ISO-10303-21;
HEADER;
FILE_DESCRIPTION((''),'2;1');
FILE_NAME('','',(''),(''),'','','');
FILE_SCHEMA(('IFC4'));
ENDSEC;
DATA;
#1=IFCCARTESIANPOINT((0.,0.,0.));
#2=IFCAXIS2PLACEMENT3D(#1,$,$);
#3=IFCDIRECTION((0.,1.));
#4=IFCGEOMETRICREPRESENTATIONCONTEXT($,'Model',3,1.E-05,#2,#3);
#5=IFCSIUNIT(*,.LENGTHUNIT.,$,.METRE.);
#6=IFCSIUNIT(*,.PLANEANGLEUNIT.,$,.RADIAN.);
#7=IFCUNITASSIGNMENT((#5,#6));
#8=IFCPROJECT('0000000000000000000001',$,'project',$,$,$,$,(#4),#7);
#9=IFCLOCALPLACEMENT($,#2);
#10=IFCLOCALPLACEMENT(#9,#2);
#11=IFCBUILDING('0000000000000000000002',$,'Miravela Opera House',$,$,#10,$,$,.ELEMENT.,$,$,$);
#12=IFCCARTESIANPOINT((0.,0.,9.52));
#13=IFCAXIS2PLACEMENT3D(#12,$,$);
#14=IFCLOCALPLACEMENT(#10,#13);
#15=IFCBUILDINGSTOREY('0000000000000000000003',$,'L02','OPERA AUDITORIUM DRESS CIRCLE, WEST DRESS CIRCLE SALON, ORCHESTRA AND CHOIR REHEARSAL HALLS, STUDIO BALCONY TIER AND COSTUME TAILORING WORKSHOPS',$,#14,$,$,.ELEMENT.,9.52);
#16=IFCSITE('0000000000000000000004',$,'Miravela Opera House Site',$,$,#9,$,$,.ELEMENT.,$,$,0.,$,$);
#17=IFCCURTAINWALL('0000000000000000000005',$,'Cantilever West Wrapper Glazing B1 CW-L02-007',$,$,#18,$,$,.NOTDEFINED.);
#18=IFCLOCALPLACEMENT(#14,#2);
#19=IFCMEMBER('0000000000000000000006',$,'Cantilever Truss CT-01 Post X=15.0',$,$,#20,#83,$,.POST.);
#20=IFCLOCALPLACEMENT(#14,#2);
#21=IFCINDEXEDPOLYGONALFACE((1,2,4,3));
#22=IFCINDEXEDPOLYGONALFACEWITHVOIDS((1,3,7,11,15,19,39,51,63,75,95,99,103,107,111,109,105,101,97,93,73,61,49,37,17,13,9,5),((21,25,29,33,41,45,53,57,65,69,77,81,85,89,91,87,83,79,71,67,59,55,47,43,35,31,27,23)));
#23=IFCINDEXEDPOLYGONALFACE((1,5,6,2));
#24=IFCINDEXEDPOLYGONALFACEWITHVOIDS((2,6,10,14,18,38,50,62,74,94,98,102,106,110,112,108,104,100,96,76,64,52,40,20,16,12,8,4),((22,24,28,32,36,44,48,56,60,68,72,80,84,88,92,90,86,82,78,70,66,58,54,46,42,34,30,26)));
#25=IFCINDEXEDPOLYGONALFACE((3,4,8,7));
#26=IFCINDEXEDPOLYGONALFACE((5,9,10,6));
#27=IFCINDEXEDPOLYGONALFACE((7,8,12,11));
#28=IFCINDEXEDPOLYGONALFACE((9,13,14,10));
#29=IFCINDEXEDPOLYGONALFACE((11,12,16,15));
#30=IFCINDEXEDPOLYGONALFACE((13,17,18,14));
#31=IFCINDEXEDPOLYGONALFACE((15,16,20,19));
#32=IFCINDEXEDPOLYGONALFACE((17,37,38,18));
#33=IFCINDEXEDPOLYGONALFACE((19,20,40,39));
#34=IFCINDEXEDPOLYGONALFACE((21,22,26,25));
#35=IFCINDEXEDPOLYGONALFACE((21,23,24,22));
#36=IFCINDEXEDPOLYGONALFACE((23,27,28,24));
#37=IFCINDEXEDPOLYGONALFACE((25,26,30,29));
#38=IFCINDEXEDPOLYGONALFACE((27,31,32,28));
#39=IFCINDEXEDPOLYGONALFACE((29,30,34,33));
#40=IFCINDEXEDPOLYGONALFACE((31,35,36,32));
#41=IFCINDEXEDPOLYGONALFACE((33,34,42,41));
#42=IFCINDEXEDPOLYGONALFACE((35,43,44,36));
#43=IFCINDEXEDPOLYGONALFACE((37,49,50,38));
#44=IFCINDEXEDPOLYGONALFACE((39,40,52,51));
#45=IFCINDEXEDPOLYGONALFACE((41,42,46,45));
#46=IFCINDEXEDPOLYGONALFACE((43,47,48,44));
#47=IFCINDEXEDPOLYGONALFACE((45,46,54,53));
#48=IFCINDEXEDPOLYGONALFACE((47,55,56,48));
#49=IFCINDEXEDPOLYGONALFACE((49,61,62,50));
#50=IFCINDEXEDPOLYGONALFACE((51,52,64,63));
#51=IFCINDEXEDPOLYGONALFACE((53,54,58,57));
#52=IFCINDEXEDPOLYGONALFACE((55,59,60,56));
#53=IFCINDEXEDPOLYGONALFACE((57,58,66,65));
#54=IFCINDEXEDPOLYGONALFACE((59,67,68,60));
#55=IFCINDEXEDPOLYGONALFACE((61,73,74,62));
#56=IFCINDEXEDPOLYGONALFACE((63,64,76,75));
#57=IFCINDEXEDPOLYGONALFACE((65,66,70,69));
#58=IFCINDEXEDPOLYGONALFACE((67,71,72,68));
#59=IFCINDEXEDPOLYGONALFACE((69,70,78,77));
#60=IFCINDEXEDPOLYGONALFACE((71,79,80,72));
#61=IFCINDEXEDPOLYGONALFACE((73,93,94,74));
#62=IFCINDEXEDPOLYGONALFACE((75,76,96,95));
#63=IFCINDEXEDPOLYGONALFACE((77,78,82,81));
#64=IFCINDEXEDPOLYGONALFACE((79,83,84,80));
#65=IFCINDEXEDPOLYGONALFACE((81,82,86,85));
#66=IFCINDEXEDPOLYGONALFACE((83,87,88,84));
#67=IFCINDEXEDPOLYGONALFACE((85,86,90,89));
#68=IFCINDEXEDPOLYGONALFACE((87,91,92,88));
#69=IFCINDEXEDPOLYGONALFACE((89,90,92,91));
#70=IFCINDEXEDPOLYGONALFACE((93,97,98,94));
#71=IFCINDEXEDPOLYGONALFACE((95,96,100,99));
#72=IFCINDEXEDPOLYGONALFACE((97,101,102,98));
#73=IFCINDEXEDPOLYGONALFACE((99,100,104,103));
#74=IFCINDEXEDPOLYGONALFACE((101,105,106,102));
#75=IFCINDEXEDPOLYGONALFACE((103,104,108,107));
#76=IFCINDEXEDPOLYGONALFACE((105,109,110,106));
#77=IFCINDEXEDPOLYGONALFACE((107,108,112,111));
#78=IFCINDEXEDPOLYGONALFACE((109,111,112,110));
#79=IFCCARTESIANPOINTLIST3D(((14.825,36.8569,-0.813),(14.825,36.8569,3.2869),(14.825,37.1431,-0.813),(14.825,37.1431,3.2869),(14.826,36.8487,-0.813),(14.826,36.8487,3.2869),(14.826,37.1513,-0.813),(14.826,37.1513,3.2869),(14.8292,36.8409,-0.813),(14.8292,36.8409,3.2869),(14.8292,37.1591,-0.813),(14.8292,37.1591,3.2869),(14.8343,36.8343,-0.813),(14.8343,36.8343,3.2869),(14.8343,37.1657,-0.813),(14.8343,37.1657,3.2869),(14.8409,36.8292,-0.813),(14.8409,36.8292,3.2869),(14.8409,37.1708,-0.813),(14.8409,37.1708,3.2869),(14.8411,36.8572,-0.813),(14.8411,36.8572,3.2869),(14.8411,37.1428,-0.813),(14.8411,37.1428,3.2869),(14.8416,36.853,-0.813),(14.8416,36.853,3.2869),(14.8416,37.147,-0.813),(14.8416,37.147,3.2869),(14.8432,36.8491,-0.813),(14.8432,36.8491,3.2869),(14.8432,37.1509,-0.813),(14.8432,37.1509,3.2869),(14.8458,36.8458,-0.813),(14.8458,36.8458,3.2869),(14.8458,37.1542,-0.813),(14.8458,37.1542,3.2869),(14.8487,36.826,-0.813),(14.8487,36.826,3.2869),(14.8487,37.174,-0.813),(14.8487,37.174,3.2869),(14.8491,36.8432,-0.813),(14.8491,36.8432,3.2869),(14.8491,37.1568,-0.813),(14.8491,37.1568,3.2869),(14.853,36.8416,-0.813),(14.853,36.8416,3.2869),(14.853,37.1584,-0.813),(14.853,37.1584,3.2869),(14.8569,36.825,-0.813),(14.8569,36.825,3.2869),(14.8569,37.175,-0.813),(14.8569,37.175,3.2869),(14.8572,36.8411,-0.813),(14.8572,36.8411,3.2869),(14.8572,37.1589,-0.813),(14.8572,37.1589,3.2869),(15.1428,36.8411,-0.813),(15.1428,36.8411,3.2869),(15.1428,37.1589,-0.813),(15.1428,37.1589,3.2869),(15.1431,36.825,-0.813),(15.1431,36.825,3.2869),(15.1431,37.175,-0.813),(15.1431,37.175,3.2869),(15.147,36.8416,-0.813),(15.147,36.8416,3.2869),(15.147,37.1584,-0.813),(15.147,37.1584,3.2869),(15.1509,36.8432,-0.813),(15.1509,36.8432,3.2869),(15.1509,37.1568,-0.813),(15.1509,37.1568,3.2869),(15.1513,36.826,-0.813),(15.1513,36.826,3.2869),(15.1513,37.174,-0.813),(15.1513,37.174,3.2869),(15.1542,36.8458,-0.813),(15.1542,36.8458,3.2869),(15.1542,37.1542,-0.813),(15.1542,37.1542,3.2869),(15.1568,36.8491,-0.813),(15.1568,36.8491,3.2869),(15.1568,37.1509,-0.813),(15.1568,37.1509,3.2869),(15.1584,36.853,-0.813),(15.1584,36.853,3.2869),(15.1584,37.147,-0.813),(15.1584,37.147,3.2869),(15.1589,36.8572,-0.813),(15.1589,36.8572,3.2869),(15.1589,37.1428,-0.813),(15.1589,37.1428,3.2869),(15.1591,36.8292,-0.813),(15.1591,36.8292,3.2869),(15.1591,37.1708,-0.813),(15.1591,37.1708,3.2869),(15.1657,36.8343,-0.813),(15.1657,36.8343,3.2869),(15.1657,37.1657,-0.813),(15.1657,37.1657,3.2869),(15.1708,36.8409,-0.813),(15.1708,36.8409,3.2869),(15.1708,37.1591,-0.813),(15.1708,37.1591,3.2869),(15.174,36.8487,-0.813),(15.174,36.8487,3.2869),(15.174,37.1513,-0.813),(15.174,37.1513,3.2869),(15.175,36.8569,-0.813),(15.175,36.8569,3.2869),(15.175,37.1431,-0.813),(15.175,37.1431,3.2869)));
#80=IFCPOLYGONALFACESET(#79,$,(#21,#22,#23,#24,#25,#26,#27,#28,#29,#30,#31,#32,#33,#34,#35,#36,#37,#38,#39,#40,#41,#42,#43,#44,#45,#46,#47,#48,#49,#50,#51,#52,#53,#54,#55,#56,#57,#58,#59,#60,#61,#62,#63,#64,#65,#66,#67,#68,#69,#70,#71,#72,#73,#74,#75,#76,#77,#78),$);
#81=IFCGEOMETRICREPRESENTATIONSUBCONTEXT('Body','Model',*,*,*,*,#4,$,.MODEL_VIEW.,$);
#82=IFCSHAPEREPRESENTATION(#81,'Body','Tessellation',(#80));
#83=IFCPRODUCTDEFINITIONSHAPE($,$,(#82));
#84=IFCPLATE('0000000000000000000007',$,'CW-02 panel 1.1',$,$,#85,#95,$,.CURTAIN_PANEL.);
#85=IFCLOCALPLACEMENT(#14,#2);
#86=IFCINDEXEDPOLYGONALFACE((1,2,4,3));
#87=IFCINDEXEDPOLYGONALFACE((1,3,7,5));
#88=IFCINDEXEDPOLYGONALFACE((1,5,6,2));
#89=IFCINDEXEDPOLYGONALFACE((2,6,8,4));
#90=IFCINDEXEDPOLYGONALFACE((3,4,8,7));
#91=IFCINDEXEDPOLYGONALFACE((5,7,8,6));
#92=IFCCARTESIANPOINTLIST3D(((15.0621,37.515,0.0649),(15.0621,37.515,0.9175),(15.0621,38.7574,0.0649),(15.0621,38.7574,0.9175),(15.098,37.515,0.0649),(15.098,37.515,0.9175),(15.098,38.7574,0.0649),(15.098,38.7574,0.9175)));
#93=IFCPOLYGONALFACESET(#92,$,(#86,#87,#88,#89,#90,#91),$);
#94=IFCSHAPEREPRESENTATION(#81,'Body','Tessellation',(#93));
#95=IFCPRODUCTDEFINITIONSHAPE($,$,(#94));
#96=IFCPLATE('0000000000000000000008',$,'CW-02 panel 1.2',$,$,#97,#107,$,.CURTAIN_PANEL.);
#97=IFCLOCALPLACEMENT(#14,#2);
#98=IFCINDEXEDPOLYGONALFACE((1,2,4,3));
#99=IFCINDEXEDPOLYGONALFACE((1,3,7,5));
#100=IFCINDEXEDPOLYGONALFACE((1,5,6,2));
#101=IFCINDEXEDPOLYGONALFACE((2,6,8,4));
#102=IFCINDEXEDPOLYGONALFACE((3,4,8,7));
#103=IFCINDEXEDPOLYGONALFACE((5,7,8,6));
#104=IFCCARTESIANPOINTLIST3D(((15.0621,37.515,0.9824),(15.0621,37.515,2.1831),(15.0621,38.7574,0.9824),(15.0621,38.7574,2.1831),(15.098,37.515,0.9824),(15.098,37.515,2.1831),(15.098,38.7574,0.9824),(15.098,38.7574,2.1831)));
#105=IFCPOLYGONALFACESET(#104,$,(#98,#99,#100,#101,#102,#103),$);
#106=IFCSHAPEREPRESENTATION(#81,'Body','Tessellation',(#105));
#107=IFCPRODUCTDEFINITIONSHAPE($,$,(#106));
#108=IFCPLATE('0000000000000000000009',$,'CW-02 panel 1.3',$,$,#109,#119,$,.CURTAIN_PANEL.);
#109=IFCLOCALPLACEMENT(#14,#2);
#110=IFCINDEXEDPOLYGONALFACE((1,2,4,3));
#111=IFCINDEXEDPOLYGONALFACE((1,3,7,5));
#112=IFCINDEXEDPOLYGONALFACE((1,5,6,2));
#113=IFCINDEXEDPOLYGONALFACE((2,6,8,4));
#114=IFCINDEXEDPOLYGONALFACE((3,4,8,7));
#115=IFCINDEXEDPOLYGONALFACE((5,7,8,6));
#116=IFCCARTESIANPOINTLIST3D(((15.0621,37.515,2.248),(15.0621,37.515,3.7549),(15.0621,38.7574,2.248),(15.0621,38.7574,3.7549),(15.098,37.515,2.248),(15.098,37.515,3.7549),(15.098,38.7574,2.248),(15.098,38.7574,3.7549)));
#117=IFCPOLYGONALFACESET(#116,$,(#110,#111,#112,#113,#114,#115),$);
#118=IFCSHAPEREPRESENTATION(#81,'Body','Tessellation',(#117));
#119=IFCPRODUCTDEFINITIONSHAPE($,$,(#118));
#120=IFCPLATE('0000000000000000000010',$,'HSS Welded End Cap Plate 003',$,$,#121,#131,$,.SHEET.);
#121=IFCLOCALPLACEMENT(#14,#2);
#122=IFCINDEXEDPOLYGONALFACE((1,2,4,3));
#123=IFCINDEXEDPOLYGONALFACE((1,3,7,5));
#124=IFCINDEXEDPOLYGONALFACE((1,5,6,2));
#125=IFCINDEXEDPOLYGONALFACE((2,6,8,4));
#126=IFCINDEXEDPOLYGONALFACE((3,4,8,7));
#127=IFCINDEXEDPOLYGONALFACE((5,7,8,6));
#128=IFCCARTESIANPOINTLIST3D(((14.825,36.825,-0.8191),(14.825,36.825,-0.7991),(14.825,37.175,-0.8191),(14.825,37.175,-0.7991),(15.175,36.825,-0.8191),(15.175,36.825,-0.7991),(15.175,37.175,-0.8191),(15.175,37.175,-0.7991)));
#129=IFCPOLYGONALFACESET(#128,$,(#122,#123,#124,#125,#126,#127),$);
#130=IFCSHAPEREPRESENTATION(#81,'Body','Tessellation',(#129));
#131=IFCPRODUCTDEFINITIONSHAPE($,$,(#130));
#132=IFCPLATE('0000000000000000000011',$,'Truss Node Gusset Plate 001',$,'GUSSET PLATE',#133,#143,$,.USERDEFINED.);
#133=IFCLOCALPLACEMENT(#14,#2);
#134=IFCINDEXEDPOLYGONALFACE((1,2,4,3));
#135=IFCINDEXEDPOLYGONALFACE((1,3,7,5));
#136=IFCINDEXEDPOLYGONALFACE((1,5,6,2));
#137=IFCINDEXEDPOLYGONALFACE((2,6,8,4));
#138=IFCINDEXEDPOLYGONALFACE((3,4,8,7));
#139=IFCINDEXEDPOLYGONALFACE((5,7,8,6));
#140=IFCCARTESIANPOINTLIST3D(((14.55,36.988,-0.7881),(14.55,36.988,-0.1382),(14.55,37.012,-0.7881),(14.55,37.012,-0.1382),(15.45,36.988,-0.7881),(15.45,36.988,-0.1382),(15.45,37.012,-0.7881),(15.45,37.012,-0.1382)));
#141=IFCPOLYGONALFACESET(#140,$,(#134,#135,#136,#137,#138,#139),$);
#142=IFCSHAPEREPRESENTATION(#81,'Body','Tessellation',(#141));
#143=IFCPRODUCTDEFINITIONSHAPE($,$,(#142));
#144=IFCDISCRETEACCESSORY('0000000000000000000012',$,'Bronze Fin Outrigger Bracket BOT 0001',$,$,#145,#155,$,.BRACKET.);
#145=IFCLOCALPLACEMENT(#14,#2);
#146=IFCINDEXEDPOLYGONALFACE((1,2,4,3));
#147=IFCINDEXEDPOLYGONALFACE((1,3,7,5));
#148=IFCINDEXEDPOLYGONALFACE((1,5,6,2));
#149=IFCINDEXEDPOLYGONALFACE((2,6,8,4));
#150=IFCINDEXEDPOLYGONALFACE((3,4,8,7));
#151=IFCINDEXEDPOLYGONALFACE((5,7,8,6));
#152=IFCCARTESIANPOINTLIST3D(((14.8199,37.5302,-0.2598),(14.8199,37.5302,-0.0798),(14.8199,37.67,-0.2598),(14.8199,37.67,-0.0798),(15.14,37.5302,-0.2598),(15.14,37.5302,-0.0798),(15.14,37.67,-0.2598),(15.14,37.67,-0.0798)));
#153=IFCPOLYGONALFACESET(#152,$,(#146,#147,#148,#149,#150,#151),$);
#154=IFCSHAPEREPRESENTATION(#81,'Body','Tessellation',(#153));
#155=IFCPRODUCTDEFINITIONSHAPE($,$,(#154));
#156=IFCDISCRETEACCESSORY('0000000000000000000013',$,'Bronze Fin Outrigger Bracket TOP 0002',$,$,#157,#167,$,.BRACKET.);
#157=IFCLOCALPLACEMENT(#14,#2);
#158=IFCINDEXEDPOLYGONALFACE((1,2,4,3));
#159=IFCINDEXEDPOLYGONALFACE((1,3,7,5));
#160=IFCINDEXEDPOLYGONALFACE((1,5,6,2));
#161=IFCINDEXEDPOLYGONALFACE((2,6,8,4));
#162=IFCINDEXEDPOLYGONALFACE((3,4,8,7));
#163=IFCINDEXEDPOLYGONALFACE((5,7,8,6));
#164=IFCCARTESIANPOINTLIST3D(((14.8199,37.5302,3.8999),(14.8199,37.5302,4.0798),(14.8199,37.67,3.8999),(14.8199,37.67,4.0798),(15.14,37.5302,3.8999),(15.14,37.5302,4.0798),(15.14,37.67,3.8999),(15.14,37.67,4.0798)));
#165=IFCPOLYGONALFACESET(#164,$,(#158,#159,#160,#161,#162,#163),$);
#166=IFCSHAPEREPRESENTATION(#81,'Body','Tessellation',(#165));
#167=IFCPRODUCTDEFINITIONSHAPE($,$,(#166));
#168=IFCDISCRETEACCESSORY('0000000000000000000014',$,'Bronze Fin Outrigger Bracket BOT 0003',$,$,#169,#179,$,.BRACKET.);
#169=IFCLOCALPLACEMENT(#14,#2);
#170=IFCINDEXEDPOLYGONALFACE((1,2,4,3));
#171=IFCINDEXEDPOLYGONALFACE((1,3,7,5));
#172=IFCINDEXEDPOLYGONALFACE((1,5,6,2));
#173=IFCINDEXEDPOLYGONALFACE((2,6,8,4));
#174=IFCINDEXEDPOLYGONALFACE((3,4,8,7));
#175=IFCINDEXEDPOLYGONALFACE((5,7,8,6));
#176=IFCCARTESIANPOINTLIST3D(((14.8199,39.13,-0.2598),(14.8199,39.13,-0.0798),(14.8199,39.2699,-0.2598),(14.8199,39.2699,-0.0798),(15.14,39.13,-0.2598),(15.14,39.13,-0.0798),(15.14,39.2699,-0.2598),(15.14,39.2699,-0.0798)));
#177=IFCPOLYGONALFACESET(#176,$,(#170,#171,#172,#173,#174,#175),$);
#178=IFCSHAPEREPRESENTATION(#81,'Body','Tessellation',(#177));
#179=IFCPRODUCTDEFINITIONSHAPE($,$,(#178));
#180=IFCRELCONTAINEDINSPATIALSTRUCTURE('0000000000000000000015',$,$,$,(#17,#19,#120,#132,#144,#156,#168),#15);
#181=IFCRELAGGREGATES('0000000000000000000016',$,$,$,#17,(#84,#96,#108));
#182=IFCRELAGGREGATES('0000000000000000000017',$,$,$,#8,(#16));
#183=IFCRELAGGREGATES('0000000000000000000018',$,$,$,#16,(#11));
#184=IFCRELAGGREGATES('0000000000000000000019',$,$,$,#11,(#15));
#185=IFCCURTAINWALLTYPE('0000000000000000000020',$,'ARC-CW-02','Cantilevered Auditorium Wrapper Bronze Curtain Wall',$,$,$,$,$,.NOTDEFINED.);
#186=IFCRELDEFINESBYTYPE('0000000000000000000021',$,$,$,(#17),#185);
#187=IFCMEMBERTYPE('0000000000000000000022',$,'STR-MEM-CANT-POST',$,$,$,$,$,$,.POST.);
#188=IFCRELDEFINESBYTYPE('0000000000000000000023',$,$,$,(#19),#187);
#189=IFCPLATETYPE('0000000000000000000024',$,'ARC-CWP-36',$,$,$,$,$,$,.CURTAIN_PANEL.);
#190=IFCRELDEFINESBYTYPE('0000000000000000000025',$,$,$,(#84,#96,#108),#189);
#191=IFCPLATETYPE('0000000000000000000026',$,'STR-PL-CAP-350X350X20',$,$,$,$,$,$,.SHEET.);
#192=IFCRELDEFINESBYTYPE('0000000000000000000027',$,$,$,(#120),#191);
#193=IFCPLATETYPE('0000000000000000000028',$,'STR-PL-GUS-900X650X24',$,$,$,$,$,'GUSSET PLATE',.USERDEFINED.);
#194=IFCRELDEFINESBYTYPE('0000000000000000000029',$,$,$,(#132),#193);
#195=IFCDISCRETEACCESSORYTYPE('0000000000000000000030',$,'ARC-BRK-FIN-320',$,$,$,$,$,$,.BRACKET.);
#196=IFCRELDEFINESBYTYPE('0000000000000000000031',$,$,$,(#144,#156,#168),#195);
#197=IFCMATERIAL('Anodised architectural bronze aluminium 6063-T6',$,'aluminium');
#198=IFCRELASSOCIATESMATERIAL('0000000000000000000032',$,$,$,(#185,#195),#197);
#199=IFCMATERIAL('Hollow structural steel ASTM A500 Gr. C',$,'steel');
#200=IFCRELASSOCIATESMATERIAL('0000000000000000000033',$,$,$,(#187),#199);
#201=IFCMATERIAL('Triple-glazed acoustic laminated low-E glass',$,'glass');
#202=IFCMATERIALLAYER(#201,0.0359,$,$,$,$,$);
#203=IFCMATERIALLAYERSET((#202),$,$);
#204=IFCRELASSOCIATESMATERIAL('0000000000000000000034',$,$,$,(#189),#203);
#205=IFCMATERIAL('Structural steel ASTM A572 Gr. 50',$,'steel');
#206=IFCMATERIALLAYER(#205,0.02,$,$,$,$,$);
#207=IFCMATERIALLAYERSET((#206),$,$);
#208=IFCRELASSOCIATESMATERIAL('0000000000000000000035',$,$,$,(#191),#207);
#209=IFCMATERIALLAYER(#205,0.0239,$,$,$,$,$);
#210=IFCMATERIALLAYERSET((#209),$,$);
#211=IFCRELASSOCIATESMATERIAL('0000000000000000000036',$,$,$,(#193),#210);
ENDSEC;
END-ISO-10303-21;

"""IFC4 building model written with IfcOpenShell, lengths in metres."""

from ifc_helpers import new_model, si_unit, direction, frame, origin, origin_2d, place, context, subcontext, project, spatial, rectangle, hollow_rectangle, extrude, material, layer, layer_set, material_profile, profile_set, type_object, element, aggregate, save


model = new_model("IFC4")

# Units and contexts
model_context = context("Model", 3, precision=1e-05, world=origin(), true_north=direction((0.0, 1.0)))
body_context = subcontext(model_context, "Body", "Model", "MODEL_VIEW")
ifc_project = project(units=[si_unit("LENGTHUNIT", "METRE"), si_unit("PLANEANGLEUNIT", "RADIAN")], contexts=[model_context])

# Site, building, storey
site_placement = place(None, origin())
site = spatial("IfcSite", under=ifc_project, at=site_placement, Name="Miravela Opera House Site", CompositionType="ELEMENT", RefElevation=0.0)
building_placement = place(site_placement, origin())
building = spatial("IfcBuilding", under=site, at=building_placement, Name="Miravela Opera House", CompositionType="ELEMENT")
storey_placement = place(building_placement, frame((0.0, 0.0, 9.52)))
storey = spatial("IfcBuildingStorey", under=building, at=storey_placement, Name="L02", Description="OPERA AUDITORIUM DRESS CIRCLE, WEST DRESS CIRCLE SALON, ORCHESTRA AND CHOIR REHEARSAL HALLS, STUDIO BALCONY TIER AND COSTUME TAILORING WORKSHOPS", CompositionType="ELEMENT", Elevation=9.52)

# Curtain wall
ifc_material_1 = material(Name="Anodised architectural bronze aluminium 6063-T6", Category="aluminium")
curtain_wall_type = type_object("IfcCurtainWallType", Name="ARC-CW-02", Description="Cantilevered Auditorium Wrapper Bronze Curtain Wall", PredefinedType="NOTDEFINED", material=ifc_material_1)
curtain_wall_placement = place(storey_placement, origin())
curtain_wall = element("IfcCurtainWall", 1, at=curtain_wall_placement, inside=storey, type_object=curtain_wall_type, Name="Cantilever West Wrapper Glazing B1 CW-L02-007", PredefinedType="NOTDEFINED")

# Member
ifc_material_2 = material(Name="Hollow structural steel ASTM A500 Gr. C", Category="steel")
ifc_material_profile_1 = material_profile(ifc_material_2, hollow_rectangle(XDim=0.3501, YDim=0.3501, WallThickness=0.0161, InnerFilletRadius=0.0161, OuterFilletRadius=0.032, at=origin_2d()), Name="HSS350X350X16")
ifc_profile_set_1 = profile_set([ifc_material_profile_1])
member_type_1 = type_object("IfcMemberType", Name="STR-MEM-CANT-POST", PredefinedType="POST", material=ifc_profile_set_1)
member_1_placement = place(storey_placement, frame((15.0, 37.0, -0.813), z_axis=(0.0, 0.0, 1.0), x_axis=(1.0, 0.0, 0.0)))
element("IfcMember", 2, at=member_1_placement, inside=storey, type_object=member_type_1, Name="Cantilever Truss CT-01 Post X=15.0", PredefinedType="POST", context=body_context, shape_type="SweptSolid", body=[
    extrude(hollow_rectangle(XDim=0.3501, YDim=0.3501, WallThickness=0.0161, InnerFilletRadius=0.0161, OuterFilletRadius=0.032, at=origin_2d()), origin(), (0.0, 0.0, 1.0), 4.0999),
])

# Plates
ifc_material_3 = material(Name="Triple-glazed acoustic laminated low-E glass", Category="glass")
ifc_layer_1 = layer(ifc_material_3, 0.0359)
ifc_layer_set_1 = layer_set([ifc_layer_1])
plate_type_1 = type_object("IfcPlateType", Name="ARC-CWP-36", PredefinedType="CURTAIN_PANEL", material=ifc_layer_set_1)
plate_1_placement = place(storey_placement, frame((15.0801, 38.1362, 0.0649), z_axis=(0.0, 0.0, 1.0), x_axis=(0.0, 1.0, 0.0)))
plate_1 = element("IfcPlate", 3, at=plate_1_placement, type_object=plate_type_1, Name="CW-02 panel 1.1", PredefinedType="CURTAIN_PANEL", context=body_context, shape_type="SweptSolid", body=[
    extrude(rectangle(XDim=1.2424, YDim=0.0359, at=origin_2d()), origin(), (0.0, 0.0, 1.0), 0.8525),
])
plate_2_placement = place(storey_placement, frame((15.0801, 38.1362, 0.9824), z_axis=(0.0, 0.0, 1.0), x_axis=(0.0, 1.0, 0.0)))
plate_2 = element("IfcPlate", 4, at=plate_2_placement, type_object=plate_type_1, Name="CW-02 panel 1.2", PredefinedType="CURTAIN_PANEL", context=body_context, shape_type="SweptSolid", body=[
    extrude(rectangle(XDim=1.2424, YDim=0.0359, at=origin_2d()), origin(), (0.0, 0.0, 1.0), 1.2007),
])
plate_3_placement = place(storey_placement, frame((15.0801, 38.1362, 2.248), z_axis=(0.0, 0.0, 1.0), x_axis=(0.0, 1.0, 0.0)))
plate_3 = element("IfcPlate", 5, at=plate_3_placement, type_object=plate_type_1, Name="CW-02 panel 1.3", PredefinedType="CURTAIN_PANEL", context=body_context, shape_type="SweptSolid", body=[
    extrude(rectangle(XDim=1.2424, YDim=0.0359, at=origin_2d()), origin(), (0.0, 0.0, 1.0), 1.5068),
])
aggregate(curtain_wall, [plate_1, plate_2, plate_3])

# Plates
ifc_material_4 = material(Name="Structural steel ASTM A572 Gr. 50", Category="steel")
ifc_layer_2 = layer(ifc_material_4, 0.02)
ifc_layer_set_2 = layer_set([ifc_layer_2])
plate_type_2 = type_object("IfcPlateType", Name="STR-PL-CAP-350X350X20", PredefinedType="SHEET", material=ifc_layer_set_2)
plate_4_placement = place(storey_placement, frame((15.0, 37.0, -0.8191), z_axis=(0.0, 0.0, 1.0), x_axis=(1.0, 0.0, 0.0)))
element("IfcPlate", 6, at=plate_4_placement, inside=storey, type_object=plate_type_2, Name="HSS Welded End Cap Plate 003", PredefinedType="SHEET", context=body_context, shape_type="SweptSolid", body=[
    extrude(rectangle(XDim=0.3501, YDim=0.3501, at=origin_2d()), origin(), (0.0, 0.0, 1.0), 0.02),
])
ifc_layer_3 = layer(ifc_material_4, 0.0239)
ifc_layer_set_3 = layer_set([ifc_layer_3])
plate_type_3 = type_object("IfcPlateType", Name="STR-PL-GUS-900X650X24", ElementType="GUSSET PLATE", PredefinedType="USERDEFINED", material=ifc_layer_set_3)
plate_5_placement = place(storey_placement, frame((15.0, 37.0, -0.7881), z_axis=(0.0, 0.0, 1.0), x_axis=(1.0, 0.0, 0.0)))
element("IfcPlate", 7, at=plate_5_placement, inside=storey, type_object=plate_type_3, Name="Truss Node Gusset Plate 001", ObjectType="GUSSET PLATE", PredefinedType="USERDEFINED", context=body_context, shape_type="SweptSolid", body=[
    extrude(rectangle(XDim=0.8999, YDim=0.0239, at=origin_2d()), origin(), (0.0, 0.0, 1.0), 0.6499),
])

# Discrete accessories
discrete_accessory_type = type_object("IfcDiscreteAccessoryType", Name="ARC-BRK-FIN-320", PredefinedType="BRACKET", material=ifc_material_1)
for number, where, z_axis, x_axis, name in (
    (8, (14.98, 37.6001, -0.2598), (0.0, 0.0, 1.0), (1.0, 0.0, 0.0), "Bronze Fin Outrigger Bracket BOT 0001"),
    (9, (14.98, 37.6001, 3.8999), (0.0, 0.0, 1.0), (1.0, 0.0, 0.0), "Bronze Fin Outrigger Bracket TOP 0002"),
    (10, (14.98, 39.2, -0.2598), (0.0, 0.0, 1.0), (1.0, 0.0, 0.0), "Bronze Fin Outrigger Bracket BOT 0003"),
):
    element("IfcDiscreteAccessory", number, at=place(storey_placement, frame(where, z_axis=z_axis, x_axis=x_axis)), inside=storey, type_object=discrete_accessory_type, Name=name, PredefinedType="BRACKET", context=body_context, shape_type="SweptSolid", body=[
        extrude(rectangle(XDim=0.3201, YDim=0.1399, at=origin_2d()), origin(), (0.0, 0.0, 1.0), 0.1799),
    ])

save(model, "model.ifc")
